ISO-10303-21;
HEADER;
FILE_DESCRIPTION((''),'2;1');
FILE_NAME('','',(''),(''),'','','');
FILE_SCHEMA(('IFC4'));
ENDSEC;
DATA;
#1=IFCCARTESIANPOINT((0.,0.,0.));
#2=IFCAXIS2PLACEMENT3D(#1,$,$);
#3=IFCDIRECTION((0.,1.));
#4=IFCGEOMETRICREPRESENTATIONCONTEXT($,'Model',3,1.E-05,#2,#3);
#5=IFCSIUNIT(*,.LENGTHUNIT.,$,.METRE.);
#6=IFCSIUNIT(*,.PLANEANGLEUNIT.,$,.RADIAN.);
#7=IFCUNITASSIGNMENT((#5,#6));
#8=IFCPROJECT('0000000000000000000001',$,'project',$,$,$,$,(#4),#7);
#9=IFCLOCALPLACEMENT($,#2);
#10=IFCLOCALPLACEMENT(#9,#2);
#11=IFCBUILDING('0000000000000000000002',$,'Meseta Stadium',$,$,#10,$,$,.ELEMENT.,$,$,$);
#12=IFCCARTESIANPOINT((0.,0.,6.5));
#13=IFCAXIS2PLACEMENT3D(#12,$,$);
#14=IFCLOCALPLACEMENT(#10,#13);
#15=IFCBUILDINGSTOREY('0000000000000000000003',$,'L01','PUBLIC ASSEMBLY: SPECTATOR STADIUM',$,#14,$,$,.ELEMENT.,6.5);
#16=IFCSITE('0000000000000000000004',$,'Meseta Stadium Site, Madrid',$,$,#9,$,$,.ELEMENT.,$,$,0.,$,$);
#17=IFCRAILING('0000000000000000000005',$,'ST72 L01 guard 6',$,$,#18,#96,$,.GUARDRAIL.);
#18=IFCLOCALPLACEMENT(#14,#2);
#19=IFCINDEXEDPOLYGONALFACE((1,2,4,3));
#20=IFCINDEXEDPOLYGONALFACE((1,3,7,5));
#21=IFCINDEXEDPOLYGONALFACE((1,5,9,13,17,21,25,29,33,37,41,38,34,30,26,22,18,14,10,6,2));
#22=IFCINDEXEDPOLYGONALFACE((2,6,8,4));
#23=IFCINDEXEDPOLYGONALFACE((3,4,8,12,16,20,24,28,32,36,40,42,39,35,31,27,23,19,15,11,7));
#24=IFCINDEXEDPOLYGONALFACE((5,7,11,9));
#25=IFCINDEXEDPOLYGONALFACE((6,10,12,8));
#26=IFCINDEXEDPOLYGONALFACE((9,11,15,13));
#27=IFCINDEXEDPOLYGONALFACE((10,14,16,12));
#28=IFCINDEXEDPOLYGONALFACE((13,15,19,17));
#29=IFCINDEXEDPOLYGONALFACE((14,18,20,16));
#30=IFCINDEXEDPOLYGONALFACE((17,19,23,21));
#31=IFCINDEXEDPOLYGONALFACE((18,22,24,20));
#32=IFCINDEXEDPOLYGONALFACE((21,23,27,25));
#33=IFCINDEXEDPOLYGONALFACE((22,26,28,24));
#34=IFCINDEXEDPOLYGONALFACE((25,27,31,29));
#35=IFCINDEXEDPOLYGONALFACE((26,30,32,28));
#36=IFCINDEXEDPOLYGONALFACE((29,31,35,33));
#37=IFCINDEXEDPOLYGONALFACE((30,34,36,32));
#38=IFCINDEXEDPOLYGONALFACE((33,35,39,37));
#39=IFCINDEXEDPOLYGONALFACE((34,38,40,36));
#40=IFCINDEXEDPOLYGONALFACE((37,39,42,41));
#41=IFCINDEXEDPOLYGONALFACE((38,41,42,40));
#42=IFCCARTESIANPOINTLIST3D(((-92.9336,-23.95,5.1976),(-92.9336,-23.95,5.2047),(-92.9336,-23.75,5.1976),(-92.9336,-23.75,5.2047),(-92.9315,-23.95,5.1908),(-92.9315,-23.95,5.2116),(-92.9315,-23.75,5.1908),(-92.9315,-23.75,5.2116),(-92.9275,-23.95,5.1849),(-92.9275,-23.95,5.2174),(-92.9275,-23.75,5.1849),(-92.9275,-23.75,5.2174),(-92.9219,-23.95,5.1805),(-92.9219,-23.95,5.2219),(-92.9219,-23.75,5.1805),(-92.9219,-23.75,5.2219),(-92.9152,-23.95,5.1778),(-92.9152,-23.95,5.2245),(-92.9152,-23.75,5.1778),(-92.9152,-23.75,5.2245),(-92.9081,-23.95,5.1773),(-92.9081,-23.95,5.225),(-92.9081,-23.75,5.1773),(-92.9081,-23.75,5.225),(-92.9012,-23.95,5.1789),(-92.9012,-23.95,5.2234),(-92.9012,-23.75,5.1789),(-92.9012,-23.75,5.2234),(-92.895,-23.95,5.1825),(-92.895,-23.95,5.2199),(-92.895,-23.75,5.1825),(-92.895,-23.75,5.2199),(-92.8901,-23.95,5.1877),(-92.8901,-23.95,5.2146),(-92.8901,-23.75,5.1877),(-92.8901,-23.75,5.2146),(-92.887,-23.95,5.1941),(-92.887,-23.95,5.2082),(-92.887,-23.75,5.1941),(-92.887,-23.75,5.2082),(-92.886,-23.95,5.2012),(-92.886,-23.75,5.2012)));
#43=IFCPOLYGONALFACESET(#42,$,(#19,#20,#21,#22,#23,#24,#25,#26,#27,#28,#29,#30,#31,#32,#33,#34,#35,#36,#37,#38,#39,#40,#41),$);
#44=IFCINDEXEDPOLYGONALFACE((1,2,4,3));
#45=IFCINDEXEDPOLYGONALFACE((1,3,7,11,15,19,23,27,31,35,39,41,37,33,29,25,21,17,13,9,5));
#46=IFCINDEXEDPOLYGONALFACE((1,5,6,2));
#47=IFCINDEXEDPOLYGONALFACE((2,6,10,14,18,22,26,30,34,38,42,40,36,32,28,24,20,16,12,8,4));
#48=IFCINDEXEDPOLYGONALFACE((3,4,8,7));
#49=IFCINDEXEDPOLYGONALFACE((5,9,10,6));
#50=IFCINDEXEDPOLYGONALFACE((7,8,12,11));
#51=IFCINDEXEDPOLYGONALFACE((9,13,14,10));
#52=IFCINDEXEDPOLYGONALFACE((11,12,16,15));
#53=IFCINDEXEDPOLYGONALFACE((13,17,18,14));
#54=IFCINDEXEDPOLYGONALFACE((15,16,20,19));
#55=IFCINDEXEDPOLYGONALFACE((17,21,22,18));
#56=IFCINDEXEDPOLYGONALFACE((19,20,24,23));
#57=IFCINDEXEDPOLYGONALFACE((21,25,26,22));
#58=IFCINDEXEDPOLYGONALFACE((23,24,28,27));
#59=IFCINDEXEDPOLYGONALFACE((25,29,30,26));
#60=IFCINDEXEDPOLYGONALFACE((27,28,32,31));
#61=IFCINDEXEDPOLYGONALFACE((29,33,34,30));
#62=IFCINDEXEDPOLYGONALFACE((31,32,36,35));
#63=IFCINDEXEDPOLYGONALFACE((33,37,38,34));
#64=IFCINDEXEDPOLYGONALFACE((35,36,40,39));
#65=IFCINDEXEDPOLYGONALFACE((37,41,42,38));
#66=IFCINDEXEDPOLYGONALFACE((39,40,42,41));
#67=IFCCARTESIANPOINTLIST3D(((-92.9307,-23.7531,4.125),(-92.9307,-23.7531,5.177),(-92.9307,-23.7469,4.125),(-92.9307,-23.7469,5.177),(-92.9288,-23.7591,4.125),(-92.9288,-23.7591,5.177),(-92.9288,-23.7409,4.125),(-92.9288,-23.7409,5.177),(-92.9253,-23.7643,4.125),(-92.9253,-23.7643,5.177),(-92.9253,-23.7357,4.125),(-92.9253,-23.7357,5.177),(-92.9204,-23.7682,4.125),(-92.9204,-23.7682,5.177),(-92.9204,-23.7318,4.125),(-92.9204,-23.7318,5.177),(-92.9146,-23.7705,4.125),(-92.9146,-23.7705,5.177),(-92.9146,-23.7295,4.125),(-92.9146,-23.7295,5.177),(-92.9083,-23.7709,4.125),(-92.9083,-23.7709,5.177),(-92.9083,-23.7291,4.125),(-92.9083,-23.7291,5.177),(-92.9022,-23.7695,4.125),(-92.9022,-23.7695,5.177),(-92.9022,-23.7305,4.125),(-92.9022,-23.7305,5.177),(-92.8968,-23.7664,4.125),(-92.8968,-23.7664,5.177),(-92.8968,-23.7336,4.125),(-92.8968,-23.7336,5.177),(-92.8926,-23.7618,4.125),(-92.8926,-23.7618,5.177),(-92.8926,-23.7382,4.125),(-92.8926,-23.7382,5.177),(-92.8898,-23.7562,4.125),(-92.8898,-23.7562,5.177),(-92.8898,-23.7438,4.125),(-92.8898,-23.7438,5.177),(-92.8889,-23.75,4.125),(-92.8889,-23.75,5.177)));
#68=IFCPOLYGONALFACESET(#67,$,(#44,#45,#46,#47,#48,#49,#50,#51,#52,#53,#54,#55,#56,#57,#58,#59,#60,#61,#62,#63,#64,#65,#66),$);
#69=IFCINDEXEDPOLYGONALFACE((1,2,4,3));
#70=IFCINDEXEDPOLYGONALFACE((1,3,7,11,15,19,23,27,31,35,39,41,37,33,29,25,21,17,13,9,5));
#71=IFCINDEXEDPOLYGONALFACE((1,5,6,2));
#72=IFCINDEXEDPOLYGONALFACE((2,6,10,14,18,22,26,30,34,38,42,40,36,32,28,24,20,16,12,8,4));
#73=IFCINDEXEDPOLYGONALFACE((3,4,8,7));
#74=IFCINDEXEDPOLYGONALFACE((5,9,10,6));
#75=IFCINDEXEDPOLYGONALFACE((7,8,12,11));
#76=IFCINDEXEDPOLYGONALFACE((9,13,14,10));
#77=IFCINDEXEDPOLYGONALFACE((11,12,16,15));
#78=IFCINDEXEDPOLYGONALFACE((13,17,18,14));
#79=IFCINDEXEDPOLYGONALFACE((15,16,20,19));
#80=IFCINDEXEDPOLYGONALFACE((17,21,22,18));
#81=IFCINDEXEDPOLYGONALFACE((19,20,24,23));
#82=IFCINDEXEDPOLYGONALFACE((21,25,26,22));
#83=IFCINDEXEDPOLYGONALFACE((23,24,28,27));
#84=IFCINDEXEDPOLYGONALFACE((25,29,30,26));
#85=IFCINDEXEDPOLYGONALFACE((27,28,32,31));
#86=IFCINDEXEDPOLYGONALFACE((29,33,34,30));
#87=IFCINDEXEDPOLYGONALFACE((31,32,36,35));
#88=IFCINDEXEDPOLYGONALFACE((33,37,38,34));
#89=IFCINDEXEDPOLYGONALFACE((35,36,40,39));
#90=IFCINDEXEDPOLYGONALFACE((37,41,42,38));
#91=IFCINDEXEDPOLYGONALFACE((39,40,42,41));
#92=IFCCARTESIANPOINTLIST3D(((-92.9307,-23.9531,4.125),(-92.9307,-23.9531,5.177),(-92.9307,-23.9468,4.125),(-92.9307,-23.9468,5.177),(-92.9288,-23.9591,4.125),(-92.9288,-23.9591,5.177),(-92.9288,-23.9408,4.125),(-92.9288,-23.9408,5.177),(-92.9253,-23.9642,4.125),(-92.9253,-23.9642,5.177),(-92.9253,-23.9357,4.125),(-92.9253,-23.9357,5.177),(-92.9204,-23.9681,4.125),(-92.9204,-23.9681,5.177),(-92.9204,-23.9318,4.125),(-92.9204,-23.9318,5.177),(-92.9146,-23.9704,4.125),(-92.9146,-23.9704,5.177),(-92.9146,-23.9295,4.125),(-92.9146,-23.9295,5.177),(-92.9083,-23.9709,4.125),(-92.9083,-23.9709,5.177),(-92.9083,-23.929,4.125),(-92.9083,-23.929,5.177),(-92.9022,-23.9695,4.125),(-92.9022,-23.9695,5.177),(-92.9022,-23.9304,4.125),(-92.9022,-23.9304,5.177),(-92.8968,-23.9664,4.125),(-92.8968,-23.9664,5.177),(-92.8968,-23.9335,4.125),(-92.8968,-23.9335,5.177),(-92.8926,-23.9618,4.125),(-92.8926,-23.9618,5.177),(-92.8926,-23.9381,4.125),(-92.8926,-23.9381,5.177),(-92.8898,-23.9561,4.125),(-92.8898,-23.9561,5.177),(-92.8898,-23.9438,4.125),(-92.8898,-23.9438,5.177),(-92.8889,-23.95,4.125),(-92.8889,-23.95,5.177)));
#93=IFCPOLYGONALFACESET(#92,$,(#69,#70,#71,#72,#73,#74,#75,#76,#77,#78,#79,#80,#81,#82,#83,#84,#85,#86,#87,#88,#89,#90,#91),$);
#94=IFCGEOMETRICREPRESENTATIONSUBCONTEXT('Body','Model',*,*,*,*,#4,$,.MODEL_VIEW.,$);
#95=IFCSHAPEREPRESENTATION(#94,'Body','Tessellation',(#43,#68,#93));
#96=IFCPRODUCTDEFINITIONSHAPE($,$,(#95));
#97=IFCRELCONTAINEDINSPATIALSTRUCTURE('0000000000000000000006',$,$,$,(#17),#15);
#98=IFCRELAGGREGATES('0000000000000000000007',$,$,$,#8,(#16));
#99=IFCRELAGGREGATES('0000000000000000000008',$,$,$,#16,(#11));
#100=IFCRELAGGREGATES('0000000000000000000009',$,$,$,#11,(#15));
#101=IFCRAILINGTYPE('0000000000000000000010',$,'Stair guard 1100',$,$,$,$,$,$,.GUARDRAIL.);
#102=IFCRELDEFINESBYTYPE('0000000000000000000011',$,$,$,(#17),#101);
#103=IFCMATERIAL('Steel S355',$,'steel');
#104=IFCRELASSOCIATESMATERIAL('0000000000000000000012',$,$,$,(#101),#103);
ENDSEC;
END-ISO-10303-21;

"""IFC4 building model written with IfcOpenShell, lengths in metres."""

from ifc_helpers import new_model, si_unit, direction, frame, origin, origin_2d, place, context, subcontext, project, spatial, circle, extrude, material, type_object, element, save


model = new_model("IFC4")

# Units and contexts
model_context = context("Model", 3, precision=1e-05, world=origin(), true_north=direction((0.0, 1.0)))
body_context = subcontext(model_context, "Body", "Model", "MODEL_VIEW")
ifc_project = project(units=[si_unit("LENGTHUNIT", "METRE"), si_unit("PLANEANGLEUNIT", "RADIAN")], contexts=[model_context])

# Site, building, storey
site_placement = place(None, origin())
site = spatial("IfcSite", under=ifc_project, at=site_placement, Name="Meseta Stadium Site, Madrid", CompositionType="ELEMENT", RefElevation=0.0)
building_placement = place(site_placement, origin())
building = spatial("IfcBuilding", under=site, at=building_placement, Name="Meseta Stadium", CompositionType="ELEMENT")
storey_placement = place(building_placement, frame((0.0, 0.0, 6.5)))
storey = spatial("IfcBuildingStorey", under=building, at=storey_placement, Name="L01", Description="PUBLIC ASSEMBLY: SPECTATOR STADIUM", CompositionType="ELEMENT", Elevation=6.5)

# Railing
ifc_material_1 = material(Name="Steel S355", Category="steel")
railing_type_1 = type_object("IfcRailingType", Name="Stair guard 1100", PredefinedType="GUARDRAIL", material=ifc_material_1)
railing_1_placement = place(storey_placement, frame((-92.9099, -23.75, 4.125)))
element("IfcRailing", 1, at=railing_1_placement, inside=storey, type_object=railing_type_1, Name="ST72 L01 guard 6", PredefinedType="GUARDRAIL", context=body_context, shape_type="SweptSolid", body=[
    extrude(circle(Radius=0.0239, at=origin_2d()), frame((0.0, 0.0, 1.0762), z_axis=(0.0, -1.0, 0.0), x_axis=(1.0, 0.0, 0.0)), (0.0, 0.0, 1.0), 0.2),
    extrude(circle(Radius=0.021, at=origin_2d()), origin(), (0.0, 0.0, 1.0), 1.052),
    extrude(circle(Radius=0.021, at=origin_2d()), frame((0.0, -0.2, 0.0)), (0.0, 0.0, 1.0), 1.052),
])

save(model, "model.ifc")
